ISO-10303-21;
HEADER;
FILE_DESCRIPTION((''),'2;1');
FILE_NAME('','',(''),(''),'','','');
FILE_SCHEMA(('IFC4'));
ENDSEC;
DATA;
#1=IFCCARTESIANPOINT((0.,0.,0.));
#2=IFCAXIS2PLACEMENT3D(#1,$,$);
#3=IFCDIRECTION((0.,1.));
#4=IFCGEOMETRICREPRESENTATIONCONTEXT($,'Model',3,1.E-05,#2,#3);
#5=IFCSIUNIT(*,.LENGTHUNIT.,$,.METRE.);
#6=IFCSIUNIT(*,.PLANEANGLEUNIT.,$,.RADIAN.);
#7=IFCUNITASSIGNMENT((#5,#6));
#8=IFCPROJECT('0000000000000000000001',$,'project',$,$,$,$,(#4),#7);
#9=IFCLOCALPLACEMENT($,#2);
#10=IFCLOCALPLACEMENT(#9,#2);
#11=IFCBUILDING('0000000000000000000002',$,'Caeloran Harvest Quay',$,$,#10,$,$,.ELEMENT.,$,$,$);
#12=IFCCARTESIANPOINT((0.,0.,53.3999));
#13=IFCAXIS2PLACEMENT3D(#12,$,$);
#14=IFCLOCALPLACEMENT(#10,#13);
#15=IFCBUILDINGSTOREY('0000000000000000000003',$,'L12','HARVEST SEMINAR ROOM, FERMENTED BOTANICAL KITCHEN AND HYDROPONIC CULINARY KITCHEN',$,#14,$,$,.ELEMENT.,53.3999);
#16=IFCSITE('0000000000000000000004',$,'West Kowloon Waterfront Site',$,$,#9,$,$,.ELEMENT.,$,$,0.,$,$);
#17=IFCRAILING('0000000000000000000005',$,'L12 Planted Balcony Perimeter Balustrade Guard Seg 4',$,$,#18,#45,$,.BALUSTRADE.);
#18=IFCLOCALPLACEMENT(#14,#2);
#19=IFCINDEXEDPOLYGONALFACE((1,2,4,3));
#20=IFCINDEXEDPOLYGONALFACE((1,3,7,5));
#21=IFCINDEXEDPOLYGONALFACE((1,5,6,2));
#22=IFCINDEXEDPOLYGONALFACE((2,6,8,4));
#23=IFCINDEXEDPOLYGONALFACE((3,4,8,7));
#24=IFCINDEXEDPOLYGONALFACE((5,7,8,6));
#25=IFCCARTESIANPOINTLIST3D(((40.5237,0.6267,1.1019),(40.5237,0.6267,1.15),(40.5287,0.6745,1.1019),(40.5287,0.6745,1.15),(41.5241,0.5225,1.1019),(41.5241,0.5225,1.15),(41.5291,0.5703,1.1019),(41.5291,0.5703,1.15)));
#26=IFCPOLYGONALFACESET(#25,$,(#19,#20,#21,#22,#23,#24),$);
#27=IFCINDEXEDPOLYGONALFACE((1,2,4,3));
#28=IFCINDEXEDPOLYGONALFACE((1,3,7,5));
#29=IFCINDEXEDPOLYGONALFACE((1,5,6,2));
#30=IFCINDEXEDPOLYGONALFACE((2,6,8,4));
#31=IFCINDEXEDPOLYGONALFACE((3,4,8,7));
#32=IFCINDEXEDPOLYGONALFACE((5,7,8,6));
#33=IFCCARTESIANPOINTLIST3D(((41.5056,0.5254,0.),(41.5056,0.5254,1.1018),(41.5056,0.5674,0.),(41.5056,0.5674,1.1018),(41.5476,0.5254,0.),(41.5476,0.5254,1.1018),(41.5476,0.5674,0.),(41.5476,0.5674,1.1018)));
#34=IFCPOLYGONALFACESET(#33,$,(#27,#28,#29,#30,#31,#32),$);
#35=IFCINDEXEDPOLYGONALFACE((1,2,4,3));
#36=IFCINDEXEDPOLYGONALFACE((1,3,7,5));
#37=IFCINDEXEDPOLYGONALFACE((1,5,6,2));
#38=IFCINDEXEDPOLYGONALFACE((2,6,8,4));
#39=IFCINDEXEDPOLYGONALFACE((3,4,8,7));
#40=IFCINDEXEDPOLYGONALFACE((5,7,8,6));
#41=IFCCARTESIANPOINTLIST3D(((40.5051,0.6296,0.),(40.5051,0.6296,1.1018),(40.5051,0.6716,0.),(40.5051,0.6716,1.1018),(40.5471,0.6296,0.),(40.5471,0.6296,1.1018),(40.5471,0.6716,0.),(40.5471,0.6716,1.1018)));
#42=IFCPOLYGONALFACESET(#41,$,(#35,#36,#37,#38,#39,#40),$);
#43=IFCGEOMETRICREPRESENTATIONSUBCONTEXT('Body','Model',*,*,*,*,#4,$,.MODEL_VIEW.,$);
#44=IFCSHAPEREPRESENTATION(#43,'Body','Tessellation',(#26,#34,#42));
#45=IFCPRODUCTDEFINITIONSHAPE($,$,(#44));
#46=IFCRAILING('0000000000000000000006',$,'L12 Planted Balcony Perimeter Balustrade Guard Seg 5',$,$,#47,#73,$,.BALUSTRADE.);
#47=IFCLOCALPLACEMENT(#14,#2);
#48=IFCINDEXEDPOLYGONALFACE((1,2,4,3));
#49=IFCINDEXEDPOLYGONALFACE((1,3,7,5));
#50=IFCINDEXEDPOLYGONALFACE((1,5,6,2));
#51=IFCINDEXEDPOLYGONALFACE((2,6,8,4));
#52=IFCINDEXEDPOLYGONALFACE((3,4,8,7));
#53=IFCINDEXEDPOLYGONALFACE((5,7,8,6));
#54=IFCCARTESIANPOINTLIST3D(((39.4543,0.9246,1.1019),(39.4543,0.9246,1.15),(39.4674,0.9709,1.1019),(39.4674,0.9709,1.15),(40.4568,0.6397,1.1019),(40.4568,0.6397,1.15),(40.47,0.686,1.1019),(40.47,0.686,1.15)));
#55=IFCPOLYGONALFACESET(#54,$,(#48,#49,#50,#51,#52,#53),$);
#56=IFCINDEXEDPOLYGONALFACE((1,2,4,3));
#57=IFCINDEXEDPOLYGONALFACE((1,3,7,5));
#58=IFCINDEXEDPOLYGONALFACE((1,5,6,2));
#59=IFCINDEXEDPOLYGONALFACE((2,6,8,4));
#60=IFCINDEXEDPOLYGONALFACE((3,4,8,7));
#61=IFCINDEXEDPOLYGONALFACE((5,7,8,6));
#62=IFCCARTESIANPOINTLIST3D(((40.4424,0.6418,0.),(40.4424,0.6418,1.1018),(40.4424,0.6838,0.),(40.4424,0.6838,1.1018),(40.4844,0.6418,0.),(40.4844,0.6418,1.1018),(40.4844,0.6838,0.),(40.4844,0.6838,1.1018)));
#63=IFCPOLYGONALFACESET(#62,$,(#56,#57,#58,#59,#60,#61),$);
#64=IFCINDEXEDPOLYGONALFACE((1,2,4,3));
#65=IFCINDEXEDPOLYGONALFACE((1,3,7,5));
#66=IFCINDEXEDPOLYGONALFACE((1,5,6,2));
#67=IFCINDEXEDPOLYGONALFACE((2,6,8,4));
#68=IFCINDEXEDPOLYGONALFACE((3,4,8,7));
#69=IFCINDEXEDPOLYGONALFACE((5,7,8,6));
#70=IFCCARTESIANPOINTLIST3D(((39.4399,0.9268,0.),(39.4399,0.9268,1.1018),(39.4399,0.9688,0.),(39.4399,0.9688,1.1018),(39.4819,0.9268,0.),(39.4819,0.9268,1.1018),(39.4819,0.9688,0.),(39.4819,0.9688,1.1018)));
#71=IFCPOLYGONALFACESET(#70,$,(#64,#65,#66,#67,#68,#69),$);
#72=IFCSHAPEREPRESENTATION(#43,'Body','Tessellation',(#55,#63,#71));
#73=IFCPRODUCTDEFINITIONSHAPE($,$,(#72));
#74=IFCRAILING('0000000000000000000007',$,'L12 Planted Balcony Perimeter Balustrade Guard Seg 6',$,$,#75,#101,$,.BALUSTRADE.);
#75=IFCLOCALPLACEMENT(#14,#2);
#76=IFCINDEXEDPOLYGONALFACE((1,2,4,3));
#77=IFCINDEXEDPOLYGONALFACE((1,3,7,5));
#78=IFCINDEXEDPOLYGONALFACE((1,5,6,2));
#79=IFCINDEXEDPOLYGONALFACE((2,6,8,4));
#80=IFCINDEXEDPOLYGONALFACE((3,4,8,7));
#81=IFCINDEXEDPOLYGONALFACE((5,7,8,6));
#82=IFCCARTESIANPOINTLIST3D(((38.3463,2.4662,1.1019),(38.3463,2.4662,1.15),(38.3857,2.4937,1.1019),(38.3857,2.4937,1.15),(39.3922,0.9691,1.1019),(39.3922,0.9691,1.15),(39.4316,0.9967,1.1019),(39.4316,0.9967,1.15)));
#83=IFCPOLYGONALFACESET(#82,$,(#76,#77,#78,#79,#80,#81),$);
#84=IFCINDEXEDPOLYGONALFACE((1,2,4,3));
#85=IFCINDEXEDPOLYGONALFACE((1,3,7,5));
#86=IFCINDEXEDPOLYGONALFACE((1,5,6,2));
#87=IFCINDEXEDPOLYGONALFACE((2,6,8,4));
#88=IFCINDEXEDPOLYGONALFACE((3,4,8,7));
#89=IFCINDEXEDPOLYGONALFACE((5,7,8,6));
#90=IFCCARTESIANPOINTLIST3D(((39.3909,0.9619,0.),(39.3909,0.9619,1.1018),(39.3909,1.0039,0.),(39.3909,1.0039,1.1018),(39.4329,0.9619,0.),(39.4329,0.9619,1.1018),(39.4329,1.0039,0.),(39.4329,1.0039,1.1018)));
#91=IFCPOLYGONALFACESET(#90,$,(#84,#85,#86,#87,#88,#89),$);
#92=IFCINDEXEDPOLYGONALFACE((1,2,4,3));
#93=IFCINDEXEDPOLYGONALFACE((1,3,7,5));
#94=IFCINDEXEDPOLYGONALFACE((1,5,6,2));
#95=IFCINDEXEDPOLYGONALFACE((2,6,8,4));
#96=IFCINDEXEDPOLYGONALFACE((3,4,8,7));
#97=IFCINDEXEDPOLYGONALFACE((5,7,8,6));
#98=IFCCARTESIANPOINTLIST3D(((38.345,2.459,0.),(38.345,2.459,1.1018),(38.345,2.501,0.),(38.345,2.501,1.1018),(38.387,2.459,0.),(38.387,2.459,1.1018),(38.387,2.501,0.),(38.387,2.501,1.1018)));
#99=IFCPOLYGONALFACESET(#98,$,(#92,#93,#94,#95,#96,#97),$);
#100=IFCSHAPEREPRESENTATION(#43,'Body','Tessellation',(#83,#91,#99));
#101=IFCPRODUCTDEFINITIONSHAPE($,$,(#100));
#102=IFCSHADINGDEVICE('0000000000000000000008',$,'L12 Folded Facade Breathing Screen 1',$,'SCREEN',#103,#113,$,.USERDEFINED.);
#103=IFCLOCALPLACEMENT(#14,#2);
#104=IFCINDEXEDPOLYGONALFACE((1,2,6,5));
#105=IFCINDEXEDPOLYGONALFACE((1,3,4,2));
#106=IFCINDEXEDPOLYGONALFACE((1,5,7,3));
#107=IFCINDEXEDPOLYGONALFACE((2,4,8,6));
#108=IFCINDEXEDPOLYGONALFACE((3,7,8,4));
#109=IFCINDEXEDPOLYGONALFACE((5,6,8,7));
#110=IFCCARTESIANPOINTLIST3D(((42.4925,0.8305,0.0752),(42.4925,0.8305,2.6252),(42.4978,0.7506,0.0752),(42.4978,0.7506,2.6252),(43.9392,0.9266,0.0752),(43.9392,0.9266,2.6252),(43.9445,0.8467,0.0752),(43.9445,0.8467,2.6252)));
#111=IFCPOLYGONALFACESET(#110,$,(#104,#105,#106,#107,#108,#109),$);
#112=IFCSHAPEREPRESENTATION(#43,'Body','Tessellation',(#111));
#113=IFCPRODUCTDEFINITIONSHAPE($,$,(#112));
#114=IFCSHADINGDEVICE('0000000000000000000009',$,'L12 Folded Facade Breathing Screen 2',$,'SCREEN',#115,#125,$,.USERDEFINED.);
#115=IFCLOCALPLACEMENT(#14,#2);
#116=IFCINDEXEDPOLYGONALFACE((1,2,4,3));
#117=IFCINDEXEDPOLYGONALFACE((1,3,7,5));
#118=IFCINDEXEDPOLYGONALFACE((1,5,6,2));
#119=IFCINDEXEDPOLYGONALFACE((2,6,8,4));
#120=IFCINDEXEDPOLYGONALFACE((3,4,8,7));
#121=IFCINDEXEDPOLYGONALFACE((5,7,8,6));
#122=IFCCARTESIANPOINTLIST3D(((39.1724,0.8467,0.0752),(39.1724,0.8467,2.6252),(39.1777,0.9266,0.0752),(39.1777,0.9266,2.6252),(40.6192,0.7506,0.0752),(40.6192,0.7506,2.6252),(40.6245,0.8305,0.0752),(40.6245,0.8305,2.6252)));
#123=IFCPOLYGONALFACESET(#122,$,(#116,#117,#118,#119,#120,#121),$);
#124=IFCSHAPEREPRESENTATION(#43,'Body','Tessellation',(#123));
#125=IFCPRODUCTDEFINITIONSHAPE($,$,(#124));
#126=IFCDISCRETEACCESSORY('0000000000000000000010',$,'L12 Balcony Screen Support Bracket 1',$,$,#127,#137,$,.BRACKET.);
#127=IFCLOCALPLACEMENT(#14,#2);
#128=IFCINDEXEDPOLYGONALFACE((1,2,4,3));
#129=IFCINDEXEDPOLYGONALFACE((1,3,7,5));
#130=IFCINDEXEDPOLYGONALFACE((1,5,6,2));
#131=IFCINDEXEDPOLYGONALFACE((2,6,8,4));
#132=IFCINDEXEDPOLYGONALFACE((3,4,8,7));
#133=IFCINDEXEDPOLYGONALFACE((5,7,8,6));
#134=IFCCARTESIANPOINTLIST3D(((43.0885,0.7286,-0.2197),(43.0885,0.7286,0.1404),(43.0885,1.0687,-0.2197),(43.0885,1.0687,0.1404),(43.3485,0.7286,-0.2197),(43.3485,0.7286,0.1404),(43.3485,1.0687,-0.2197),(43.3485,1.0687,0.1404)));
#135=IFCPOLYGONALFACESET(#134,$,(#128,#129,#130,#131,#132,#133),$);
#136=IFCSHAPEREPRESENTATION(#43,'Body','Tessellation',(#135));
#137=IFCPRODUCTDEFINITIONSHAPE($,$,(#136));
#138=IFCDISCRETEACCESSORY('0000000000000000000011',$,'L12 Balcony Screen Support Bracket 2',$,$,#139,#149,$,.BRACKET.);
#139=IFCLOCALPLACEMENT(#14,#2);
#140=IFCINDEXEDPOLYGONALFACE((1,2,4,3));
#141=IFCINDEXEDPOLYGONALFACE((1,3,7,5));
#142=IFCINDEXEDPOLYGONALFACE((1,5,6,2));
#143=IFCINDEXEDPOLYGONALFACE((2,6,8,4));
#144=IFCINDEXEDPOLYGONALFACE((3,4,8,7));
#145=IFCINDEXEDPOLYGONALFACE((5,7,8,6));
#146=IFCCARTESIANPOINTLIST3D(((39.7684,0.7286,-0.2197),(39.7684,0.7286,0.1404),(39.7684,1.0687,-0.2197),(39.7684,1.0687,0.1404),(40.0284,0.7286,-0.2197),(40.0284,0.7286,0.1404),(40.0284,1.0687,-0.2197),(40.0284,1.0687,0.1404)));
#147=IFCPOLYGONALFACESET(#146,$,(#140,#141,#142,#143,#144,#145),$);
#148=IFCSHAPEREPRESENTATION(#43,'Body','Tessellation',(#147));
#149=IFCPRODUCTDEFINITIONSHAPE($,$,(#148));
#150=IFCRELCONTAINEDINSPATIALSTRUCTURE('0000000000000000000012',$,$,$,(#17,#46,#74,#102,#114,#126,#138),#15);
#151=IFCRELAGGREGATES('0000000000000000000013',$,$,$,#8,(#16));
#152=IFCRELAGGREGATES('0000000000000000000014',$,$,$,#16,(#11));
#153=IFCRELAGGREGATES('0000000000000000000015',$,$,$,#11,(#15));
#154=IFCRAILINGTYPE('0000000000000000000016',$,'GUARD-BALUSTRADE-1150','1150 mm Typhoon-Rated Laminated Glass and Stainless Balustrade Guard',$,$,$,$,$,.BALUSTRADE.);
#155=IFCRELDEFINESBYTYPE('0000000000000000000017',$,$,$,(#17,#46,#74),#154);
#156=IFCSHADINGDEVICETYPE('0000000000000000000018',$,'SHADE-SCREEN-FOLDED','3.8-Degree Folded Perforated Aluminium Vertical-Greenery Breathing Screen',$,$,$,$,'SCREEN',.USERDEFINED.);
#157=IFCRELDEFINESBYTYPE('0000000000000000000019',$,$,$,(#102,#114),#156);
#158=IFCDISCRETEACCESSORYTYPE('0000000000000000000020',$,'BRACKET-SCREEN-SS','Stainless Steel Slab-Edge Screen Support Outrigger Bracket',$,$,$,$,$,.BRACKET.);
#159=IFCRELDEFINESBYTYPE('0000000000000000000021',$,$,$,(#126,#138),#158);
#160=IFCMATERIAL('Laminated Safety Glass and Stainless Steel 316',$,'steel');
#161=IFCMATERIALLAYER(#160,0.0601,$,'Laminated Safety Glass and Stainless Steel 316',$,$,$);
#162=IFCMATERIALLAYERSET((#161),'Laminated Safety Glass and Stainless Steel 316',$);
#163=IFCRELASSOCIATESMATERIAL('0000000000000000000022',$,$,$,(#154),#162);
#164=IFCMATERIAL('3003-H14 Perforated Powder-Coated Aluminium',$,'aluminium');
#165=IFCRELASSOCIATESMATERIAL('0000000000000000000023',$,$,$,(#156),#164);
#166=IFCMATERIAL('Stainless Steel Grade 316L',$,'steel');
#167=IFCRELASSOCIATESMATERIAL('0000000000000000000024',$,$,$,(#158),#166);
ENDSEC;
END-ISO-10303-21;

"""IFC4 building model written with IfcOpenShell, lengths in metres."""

from ifc_helpers import new_model, si_unit, direction, frame, origin, origin_2d, place, context, subcontext, project, spatial, rectangle, extrude, material, layer, layer_set, type_object, element, save


model = new_model("IFC4")

# Units and contexts
model_context = context("Model", 3, precision=1e-05, world=origin(), true_north=direction((0.0, 1.0)))
body_context = subcontext(model_context, "Body", "Model", "MODEL_VIEW")
ifc_project = project(units=[si_unit("LENGTHUNIT", "METRE"), si_unit("PLANEANGLEUNIT", "RADIAN")], contexts=[model_context])

# Site, building, storey
site_placement = place(None, origin())
site = spatial("IfcSite", under=ifc_project, at=site_placement, Name="West Kowloon Waterfront Site", CompositionType="ELEMENT", RefElevation=0.0)
building_placement = place(site_placement, origin())
building = spatial("IfcBuilding", under=site, at=building_placement, Name="Caeloran Harvest Quay", CompositionType="ELEMENT")
storey_placement = place(building_placement, frame((0.0, 0.0, 53.3999)))
storey = spatial("IfcBuildingStorey", under=building, at=storey_placement, Name="L12", Description="HARVEST SEMINAR ROOM, FERMENTED BOTANICAL KITCHEN AND HYDROPONIC CULINARY KITCHEN", CompositionType="ELEMENT", Elevation=53.3999)

# Railings
ifc_material_1 = material(Name="Laminated Safety Glass and Stainless Steel 316", Category="steel")
ifc_layer_1 = layer(ifc_material_1, 0.0601, Name="Laminated Safety Glass and Stainless Steel 316")
ifc_layer_set_1 = layer_set([ifc_layer_1], Name="Laminated Safety Glass and Stainless Steel 316")
railing_type_1 = type_object("IfcRailingType", Name="GUARD-BALUSTRADE-1150", Description="1150 mm Typhoon-Rated Laminated Glass and Stainless Balustrade Guard", PredefinedType="BALUSTRADE", material=ifc_layer_set_1)
railing_1_placement = place(storey_placement, frame((41.5266, 0.5464, 0.0)))
element("IfcRailing", 1, at=railing_1_placement, inside=storey, type_object=railing_type_1, Name="L12 Planted Balcony Perimeter Balustrade Guard Seg 4", PredefinedType="BALUSTRADE", context=body_context, shape_type="SweptSolid", body=[
    extrude(rectangle(XDim=0.0481, YDim=0.0481, at=origin_2d()), frame((0.0, 0.0, 1.126), z_axis=(-0.994615, 0.103636, 0.0), x_axis=(-0.103636, -0.994615, 0.0)), (0.0, 0.0, 1.0), 1.0059),
    extrude(rectangle(XDim=0.042, YDim=0.042, at=origin_2d()), origin(), (0.0, 0.0, 1.0), 1.1018),
    extrude(rectangle(XDim=0.042, YDim=0.042, at=origin_2d()), frame((-1.0005, 0.1042, 0.0)), (0.0, 0.0, 1.0), 1.1018),
])
railing_2_placement = place(storey_placement, frame((40.4634, 0.6628, 0.0)))
element("IfcRailing", 2, at=railing_2_placement, inside=storey, type_object=railing_type_1, Name="L12 Planted Balcony Perimeter Balustrade Guard Seg 5", PredefinedType="BALUSTRADE", context=body_context, shape_type="SweptSolid", body=[
    extrude(rectangle(XDim=0.0481, YDim=0.0481, at=origin_2d()), frame((0.0, 0.0, 1.126), z_axis=(-0.961903, 0.27339, 0.0), x_axis=(-0.27339, -0.961903, 0.0)), (0.0, 0.0, 1.0), 1.0422),
    extrude(rectangle(XDim=0.042, YDim=0.042, at=origin_2d()), origin(), (0.0, 0.0, 1.0), 1.1018),
    extrude(rectangle(XDim=0.042, YDim=0.042, at=origin_2d()), frame((-1.0024, 0.2849, 0.0)), (0.0, 0.0, 1.0), 1.1018),
])
railing_3_placement = place(storey_placement, frame((39.4119, 0.9829, 0.0)))
element("IfcRailing", 3, at=railing_3_placement, inside=storey, type_object=railing_type_1, Name="L12 Planted Balcony Perimeter Balustrade Guard Seg 6", PredefinedType="BALUSTRADE", context=body_context, shape_type="SweptSolid", body=[
    extrude(rectangle(XDim=0.0481, YDim=0.0481, at=origin_2d()), frame((0.0, 0.0, 1.126), z_axis=(-0.572708, 0.819759, 0.0), x_axis=(-0.819759, -0.572708, 0.0)), (0.0, 0.0, 1.0), 1.8262),
    extrude(rectangle(XDim=0.042, YDim=0.042, at=origin_2d()), origin(), (0.0, 0.0, 1.0), 1.1018),
    extrude(rectangle(XDim=0.042, YDim=0.042, at=origin_2d()), frame((-1.0459, 1.4971, 0.0)), (0.0, 0.0, 1.0), 1.1018),
])

# Shading devices
ifc_material_2 = material(Name="3003-H14 Perforated Powder-Coated Aluminium", Category="aluminium")
shading_device_type = type_object("IfcShadingDeviceType", Name="SHADE-SCREEN-FOLDED", Description="3.8-Degree Folded Perforated Aluminium Vertical-Greenery Breathing Screen", ElementType="SCREEN", PredefinedType="USERDEFINED", material=ifc_material_2)
for number, where, z_axis, x_axis, name in (
    (4, (43.2185, 0.8386, 0.0752), (0.0, 0.0, 1.0), (0.997801, 0.066274, 0.0), "L12 Folded Facade Breathing Screen 1"),
    (5, (39.8984, 0.8386, 0.0752), (0.0, 0.0, 1.0), (0.997801, -0.066274, 0.0), "L12 Folded Facade Breathing Screen 2"),
):
    element("IfcShadingDevice", number, at=place(storey_placement, frame(where, z_axis=z_axis, x_axis=x_axis)), inside=storey, type_object=shading_device_type, Name=name, ObjectType="SCREEN", PredefinedType="USERDEFINED", context=body_context, shape_type="SweptSolid", body=[
        extrude(rectangle(XDim=1.45, YDim=0.0801, at=origin_2d()), origin(), (0.0, 0.0, 1.0), 2.55),
    ])

# Discrete accessories
ifc_material_3 = material(Name="Stainless Steel Grade 316L", Category="steel")
discrete_accessory_type = type_object("IfcDiscreteAccessoryType", Name="BRACKET-SCREEN-SS", Description="Stainless Steel Slab-Edge Screen Support Outrigger Bracket", PredefinedType="BRACKET", material=ifc_material_3)
for number, where, z_axis, x_axis, name in (
    (6, (43.2185, 0.8987, -0.2197), (0.0, 0.0, 1.0), (1.0, 0.0, 0.0), "L12 Balcony Screen Support Bracket 1"),
    (7, (39.8984, 0.8987, -0.2197), (0.0, 0.0, 1.0), (1.0, 0.0, 0.0), "L12 Balcony Screen Support Bracket 2"),
):
    element("IfcDiscreteAccessory", number, at=place(storey_placement, frame(where, z_axis=z_axis, x_axis=x_axis)), inside=storey, type_object=discrete_accessory_type, Name=name, PredefinedType="BRACKET", context=body_context, shape_type="SweptSolid", body=[
        extrude(rectangle(XDim=0.26, YDim=0.3401, at=origin_2d()), origin(), (0.0, 0.0, 1.0), 0.3601),
    ])

save(model, "model.ifc")
